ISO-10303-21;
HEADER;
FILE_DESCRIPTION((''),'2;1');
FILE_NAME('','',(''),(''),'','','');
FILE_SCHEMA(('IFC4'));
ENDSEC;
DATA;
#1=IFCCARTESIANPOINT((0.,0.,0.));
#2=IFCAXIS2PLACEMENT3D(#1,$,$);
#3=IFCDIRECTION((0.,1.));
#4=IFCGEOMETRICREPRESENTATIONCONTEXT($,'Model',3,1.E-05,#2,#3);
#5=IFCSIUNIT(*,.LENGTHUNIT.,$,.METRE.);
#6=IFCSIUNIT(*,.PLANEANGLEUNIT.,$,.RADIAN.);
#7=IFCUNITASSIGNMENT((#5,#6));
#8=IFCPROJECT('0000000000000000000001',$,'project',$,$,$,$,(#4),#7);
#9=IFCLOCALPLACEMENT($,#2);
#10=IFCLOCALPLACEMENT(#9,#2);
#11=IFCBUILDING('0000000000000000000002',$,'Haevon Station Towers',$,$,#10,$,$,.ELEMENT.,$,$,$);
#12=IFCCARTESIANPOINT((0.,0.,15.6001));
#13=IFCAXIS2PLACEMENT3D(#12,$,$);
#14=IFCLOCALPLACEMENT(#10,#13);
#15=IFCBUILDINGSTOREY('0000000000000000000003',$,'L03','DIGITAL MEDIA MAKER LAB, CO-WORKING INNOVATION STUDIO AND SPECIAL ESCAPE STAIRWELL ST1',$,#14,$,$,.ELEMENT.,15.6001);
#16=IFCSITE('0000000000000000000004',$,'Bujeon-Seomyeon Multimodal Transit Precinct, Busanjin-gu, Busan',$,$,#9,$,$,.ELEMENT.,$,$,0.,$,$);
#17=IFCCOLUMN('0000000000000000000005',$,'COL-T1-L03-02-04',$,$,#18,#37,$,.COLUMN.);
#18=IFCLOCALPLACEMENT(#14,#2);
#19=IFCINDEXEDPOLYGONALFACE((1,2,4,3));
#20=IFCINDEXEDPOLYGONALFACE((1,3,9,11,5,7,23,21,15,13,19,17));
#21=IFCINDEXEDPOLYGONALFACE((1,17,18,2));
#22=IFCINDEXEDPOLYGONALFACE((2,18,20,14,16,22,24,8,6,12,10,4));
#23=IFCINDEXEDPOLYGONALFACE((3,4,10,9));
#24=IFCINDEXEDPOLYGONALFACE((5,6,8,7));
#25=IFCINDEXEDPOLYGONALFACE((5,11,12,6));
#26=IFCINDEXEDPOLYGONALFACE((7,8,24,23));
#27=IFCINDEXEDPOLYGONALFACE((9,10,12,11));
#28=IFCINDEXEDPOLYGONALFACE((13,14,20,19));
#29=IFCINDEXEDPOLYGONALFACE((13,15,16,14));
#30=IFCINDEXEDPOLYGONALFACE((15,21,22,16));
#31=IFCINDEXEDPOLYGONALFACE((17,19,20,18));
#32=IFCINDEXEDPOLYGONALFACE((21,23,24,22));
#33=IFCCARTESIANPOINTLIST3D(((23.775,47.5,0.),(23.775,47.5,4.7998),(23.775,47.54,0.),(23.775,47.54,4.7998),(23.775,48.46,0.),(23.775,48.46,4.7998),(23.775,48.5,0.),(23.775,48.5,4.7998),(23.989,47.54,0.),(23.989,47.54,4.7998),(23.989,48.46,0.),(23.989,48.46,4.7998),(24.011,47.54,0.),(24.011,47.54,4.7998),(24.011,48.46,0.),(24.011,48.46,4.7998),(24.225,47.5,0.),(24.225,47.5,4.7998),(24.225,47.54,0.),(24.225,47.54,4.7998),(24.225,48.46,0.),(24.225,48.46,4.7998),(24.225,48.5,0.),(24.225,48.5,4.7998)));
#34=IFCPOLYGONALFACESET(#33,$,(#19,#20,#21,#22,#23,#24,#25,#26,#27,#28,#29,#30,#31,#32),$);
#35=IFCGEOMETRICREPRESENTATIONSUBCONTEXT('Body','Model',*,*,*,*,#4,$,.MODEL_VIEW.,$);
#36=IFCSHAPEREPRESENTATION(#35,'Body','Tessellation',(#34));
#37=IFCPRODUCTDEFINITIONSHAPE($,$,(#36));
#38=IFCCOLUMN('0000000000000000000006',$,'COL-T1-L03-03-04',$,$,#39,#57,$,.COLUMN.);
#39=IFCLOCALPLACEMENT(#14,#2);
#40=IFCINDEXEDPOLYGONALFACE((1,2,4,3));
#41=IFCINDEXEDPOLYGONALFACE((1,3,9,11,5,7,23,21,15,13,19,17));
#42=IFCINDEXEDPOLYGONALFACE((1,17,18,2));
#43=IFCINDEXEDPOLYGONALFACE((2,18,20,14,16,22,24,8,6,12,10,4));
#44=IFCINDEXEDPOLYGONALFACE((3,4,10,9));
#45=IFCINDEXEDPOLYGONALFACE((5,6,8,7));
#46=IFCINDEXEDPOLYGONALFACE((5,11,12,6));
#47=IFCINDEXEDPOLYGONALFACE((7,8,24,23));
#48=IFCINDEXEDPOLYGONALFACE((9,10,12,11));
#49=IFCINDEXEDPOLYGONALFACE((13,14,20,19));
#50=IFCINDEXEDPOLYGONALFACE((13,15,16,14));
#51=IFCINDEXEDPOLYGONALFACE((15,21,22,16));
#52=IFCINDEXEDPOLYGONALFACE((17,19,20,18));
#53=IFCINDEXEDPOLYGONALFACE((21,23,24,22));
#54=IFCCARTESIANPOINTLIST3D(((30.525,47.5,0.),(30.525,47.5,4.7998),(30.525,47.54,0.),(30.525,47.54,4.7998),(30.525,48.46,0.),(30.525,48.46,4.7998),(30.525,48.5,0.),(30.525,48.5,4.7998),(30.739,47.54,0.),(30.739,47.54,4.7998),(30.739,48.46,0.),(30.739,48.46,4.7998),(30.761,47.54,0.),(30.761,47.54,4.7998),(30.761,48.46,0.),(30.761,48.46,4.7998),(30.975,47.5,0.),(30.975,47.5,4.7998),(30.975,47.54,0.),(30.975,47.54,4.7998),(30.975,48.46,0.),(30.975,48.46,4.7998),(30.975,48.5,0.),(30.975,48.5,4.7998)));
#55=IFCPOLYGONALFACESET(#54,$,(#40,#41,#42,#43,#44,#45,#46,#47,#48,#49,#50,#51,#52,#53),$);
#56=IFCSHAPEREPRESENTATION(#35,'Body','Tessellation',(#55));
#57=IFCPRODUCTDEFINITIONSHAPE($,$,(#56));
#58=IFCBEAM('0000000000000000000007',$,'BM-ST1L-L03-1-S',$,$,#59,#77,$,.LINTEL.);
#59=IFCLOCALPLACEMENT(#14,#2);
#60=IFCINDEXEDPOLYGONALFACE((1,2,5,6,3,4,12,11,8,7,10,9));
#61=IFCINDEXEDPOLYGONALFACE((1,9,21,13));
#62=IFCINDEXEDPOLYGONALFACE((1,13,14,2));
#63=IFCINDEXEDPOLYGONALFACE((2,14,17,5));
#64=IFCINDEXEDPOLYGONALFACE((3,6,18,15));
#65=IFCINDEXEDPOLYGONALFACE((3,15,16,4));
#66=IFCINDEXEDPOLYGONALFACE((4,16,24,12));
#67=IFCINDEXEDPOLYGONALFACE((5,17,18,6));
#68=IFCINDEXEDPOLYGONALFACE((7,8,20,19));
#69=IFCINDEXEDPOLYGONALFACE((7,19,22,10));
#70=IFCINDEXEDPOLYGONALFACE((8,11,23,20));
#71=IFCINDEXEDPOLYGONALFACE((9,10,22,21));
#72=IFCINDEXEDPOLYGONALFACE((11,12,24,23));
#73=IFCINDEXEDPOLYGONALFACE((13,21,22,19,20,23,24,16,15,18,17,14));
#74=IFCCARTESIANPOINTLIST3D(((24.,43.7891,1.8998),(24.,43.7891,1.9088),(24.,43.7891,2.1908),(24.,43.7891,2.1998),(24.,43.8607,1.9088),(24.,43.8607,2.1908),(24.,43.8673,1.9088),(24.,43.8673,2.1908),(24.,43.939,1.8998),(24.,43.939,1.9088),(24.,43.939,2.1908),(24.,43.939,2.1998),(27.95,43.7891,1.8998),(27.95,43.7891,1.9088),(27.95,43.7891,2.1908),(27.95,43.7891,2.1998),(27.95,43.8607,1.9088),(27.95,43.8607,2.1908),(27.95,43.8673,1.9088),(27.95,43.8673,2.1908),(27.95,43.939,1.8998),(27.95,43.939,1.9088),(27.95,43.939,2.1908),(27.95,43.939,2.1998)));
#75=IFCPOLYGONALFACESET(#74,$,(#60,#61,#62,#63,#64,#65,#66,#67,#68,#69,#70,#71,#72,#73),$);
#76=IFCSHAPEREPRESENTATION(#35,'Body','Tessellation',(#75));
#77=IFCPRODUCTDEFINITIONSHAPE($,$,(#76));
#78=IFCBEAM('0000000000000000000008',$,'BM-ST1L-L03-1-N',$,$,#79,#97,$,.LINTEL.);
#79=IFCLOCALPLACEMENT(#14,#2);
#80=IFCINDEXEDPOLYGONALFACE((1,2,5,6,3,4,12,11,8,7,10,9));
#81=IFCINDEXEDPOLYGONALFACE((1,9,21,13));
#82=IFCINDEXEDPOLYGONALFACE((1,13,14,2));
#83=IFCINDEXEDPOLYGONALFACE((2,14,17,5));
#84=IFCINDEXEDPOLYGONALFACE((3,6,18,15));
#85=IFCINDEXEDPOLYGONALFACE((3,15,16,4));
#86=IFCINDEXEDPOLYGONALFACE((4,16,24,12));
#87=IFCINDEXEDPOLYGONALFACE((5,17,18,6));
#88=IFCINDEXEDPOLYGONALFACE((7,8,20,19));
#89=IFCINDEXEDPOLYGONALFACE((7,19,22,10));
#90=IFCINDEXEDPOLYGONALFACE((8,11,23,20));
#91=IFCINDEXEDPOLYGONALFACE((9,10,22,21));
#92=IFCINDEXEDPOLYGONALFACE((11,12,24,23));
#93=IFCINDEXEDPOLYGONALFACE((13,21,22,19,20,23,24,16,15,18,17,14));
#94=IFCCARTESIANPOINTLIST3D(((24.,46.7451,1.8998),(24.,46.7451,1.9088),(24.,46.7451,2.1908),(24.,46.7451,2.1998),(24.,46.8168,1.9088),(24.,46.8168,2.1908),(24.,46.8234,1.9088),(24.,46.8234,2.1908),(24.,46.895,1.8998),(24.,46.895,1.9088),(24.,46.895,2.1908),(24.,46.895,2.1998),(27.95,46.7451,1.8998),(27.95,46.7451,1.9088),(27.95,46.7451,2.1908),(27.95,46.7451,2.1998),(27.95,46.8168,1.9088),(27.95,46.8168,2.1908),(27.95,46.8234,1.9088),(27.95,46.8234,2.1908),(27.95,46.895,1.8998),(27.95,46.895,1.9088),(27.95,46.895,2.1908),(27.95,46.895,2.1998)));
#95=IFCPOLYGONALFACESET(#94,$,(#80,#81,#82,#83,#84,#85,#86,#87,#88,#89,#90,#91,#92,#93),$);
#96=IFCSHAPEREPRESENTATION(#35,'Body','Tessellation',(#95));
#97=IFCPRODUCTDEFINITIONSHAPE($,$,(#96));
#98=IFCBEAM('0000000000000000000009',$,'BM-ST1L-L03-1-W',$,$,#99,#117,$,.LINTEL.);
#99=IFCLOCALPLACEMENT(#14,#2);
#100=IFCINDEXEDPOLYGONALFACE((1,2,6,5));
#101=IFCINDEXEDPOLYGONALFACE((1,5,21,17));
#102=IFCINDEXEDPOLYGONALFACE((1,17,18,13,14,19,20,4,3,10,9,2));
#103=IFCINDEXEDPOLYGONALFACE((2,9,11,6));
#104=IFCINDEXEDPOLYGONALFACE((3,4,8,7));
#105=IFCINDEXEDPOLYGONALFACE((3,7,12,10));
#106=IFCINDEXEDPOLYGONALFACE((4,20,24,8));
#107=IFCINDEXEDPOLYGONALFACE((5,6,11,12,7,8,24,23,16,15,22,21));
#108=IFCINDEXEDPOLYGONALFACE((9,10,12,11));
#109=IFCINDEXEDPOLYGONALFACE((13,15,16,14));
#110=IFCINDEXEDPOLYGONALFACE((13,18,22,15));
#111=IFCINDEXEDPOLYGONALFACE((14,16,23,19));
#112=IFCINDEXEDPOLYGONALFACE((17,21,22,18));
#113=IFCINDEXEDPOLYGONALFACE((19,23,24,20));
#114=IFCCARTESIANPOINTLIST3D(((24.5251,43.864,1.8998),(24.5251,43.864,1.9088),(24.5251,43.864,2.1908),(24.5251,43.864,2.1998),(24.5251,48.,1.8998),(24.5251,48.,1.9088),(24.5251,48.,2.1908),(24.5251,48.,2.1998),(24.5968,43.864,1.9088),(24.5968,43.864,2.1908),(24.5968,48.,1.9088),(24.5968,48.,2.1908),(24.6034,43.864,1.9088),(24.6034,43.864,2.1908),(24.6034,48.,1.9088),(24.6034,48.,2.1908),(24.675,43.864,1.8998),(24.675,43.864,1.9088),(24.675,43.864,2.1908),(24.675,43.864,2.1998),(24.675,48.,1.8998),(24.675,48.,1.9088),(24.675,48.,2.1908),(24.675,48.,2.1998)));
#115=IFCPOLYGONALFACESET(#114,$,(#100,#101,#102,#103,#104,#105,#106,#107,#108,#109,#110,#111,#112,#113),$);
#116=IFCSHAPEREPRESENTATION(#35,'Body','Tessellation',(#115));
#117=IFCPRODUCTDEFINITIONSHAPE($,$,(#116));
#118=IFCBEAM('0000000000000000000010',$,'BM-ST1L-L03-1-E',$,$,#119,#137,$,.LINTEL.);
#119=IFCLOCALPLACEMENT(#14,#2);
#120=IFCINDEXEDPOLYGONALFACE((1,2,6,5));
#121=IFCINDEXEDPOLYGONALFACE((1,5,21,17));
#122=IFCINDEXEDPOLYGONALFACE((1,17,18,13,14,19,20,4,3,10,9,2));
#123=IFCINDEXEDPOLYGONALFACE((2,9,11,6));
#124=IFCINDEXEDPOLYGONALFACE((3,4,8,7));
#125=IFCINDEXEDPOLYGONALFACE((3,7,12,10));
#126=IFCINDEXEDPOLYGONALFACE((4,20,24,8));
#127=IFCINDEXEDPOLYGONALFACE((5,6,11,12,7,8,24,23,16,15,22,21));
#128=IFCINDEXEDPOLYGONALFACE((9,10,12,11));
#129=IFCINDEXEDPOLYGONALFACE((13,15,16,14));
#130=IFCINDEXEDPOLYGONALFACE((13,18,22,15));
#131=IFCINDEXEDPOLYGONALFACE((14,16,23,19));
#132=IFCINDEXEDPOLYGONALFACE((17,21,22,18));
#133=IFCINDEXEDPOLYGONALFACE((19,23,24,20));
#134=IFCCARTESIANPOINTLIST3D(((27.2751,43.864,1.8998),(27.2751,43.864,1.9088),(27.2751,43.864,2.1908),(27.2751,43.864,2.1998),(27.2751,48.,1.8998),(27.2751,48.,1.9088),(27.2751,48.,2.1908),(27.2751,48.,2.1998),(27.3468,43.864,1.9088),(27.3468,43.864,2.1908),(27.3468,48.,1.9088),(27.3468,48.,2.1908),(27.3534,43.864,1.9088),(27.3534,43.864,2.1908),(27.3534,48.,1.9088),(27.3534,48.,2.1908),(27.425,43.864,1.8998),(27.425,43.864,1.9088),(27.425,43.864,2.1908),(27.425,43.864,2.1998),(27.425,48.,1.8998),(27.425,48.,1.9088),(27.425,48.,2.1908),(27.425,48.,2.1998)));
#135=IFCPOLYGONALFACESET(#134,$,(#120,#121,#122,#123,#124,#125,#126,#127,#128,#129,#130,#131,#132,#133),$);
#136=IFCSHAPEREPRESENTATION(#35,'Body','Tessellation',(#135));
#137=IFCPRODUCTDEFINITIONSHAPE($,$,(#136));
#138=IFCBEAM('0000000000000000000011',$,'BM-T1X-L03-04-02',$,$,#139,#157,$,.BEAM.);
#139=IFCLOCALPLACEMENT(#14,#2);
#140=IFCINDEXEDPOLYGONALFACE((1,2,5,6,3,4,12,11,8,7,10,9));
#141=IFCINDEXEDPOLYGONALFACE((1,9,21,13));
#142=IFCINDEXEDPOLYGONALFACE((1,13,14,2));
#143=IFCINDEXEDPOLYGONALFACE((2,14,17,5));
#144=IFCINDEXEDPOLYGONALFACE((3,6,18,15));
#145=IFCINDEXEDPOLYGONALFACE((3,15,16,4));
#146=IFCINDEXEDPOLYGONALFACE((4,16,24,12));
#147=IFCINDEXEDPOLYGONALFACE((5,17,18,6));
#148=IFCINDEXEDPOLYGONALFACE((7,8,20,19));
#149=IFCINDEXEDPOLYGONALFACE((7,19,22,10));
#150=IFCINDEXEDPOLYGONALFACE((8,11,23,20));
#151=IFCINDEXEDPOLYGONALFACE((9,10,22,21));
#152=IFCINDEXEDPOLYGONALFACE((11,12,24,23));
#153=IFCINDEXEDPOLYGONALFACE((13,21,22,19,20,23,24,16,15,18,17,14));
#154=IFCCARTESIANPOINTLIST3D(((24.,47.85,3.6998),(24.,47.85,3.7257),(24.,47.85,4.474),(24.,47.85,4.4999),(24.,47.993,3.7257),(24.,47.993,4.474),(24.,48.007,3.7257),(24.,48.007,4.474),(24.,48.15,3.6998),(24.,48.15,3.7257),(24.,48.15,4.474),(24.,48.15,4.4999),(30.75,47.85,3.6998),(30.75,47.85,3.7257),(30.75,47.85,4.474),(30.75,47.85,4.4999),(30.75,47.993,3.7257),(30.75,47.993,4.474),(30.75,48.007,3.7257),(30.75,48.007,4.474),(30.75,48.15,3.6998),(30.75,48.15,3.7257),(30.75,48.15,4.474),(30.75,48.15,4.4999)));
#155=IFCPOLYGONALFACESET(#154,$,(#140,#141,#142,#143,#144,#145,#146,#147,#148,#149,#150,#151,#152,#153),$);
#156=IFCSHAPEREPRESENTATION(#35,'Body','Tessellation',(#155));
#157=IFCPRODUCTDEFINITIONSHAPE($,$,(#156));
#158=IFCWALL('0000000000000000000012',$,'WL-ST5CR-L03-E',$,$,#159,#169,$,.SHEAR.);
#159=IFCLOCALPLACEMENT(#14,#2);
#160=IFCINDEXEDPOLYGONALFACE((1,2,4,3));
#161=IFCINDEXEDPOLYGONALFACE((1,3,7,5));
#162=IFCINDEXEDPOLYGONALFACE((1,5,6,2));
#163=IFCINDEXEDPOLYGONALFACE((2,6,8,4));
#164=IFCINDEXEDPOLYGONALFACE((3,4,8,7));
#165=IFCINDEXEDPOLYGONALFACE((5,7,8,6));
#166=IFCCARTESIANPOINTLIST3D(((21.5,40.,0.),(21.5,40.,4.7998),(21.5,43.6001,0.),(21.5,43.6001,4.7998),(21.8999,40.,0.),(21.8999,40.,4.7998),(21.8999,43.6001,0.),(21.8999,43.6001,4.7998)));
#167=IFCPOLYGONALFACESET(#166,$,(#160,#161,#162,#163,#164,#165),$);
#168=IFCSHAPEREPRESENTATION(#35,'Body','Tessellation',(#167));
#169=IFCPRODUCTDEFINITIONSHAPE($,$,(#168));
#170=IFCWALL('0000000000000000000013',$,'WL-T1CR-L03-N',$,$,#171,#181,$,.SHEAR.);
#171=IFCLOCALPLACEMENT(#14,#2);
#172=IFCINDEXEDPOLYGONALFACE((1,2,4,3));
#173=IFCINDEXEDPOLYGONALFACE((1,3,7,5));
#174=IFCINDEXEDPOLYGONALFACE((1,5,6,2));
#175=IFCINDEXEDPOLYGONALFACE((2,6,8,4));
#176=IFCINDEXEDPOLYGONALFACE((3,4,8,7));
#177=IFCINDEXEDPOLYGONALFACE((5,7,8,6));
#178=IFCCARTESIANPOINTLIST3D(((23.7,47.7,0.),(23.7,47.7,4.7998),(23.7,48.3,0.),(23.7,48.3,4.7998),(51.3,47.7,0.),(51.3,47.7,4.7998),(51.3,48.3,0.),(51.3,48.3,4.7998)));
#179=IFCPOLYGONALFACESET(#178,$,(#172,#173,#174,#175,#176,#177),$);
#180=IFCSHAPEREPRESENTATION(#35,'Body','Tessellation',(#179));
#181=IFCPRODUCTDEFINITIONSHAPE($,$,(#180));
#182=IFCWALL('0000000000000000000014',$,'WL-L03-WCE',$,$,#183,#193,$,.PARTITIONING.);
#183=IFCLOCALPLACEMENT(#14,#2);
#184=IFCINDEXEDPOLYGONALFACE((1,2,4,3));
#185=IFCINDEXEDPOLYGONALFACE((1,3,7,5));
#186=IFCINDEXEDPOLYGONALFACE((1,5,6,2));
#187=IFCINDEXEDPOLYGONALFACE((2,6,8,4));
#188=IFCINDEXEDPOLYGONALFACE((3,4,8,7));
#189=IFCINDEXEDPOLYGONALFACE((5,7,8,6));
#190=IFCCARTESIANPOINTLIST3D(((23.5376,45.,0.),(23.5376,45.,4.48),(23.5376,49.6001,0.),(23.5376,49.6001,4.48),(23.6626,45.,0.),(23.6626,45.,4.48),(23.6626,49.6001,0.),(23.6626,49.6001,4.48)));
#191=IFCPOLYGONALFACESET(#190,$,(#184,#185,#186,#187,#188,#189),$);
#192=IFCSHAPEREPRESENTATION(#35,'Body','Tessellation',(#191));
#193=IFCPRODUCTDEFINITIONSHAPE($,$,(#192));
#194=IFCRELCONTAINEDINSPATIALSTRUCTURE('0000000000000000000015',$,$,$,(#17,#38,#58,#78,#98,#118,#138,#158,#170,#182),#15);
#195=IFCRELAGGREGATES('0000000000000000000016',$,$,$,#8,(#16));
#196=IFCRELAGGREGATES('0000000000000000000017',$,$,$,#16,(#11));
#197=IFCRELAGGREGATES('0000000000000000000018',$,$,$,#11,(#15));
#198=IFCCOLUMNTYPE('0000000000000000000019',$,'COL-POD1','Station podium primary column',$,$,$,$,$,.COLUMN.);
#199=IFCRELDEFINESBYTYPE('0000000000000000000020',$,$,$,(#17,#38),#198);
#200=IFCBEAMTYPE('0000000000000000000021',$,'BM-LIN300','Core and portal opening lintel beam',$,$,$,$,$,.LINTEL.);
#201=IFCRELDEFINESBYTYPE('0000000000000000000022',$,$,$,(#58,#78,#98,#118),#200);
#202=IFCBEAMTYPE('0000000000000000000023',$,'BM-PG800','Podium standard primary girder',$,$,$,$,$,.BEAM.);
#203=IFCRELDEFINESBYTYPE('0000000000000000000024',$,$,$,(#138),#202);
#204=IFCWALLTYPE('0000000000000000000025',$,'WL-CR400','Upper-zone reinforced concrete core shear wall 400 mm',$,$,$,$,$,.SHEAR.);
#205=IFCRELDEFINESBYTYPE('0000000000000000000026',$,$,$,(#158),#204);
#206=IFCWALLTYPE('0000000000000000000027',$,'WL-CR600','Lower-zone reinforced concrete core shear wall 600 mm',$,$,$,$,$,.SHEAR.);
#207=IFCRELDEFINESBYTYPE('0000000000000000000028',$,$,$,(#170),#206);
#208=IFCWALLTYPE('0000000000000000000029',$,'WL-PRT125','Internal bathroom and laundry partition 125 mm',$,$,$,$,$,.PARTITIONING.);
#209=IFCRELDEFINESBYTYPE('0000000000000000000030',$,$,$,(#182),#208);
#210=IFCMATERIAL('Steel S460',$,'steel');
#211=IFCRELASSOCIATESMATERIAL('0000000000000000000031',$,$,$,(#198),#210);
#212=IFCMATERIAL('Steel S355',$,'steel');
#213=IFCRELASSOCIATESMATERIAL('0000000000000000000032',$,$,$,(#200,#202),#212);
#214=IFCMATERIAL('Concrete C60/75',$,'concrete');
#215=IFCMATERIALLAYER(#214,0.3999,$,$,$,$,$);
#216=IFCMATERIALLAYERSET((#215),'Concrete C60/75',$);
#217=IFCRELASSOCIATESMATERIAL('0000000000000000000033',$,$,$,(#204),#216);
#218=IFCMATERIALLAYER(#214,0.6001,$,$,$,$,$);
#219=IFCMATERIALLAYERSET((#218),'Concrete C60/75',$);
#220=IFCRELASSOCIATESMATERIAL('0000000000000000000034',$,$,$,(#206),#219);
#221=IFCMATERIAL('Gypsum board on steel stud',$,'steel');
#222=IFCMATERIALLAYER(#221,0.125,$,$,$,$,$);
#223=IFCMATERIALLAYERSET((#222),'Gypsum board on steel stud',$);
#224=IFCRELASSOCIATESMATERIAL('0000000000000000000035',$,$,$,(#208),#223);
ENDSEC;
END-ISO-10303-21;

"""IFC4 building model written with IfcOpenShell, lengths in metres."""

from ifc_helpers import new_model, si_unit, direction, frame, frame_2d, origin, origin_2d, place, context, subcontext, project, spatial, rectangle, i_section, extrude, material, layer, layer_set, material_profile, profile_set, type_object, element, save


model = new_model("IFC4")

# Units and contexts
model_context = context("Model", 3, precision=1e-05, world=origin(), true_north=direction((0.0, 1.0)))
body_context = subcontext(model_context, "Body", "Model", "MODEL_VIEW")
ifc_project = project(units=[si_unit("LENGTHUNIT", "METRE"), si_unit("PLANEANGLEUNIT", "RADIAN")], contexts=[model_context])

# Site, building, storey
site_placement = place(None, origin())
site = spatial("IfcSite", under=ifc_project, at=site_placement, Name="Bujeon-Seomyeon Multimodal Transit Precinct, Busanjin-gu, Busan", CompositionType="ELEMENT", RefElevation=0.0)
building_placement = place(site_placement, origin())
building = spatial("IfcBuilding", under=site, at=building_placement, Name="Haevon Station Towers", CompositionType="ELEMENT")
storey_placement = place(building_placement, frame((0.0, 0.0, 15.6001)))
storey = spatial("IfcBuildingStorey", under=building, at=storey_placement, Name="L03", Description="DIGITAL MEDIA MAKER LAB, CO-WORKING INNOVATION STUDIO AND SPECIAL ESCAPE STAIRWELL ST1", CompositionType="ELEMENT", Elevation=15.6001)

# Columns
ifc_material_1 = material(Name="Steel S460", Category="steel")
ifc_material_profile_1 = material_profile(ifc_material_1, i_section(OverallWidth=0.45, OverallDepth=1.0, WebThickness=0.022, FlangeThickness=0.04, at=origin_2d()), Name="H-1000x450x22x40")
ifc_profile_set_1 = profile_set([ifc_material_profile_1], Name="Steel S460")
column_type = type_object("IfcColumnType", Name="COL-POD1", Description="Station podium primary column", PredefinedType="COLUMN", material=ifc_profile_set_1)
for number, where, z_axis, x_axis, name in (
    (1, (24.0, 48.0, 0.0), (0.0, 0.0, 1.0), (1.0, 0.0, 0.0), "COL-T1-L03-02-04"),
    (2, (30.75, 48.0, 0.0), (0.0, 0.0, 1.0), (1.0, 0.0, 0.0), "COL-T1-L03-03-04"),
):
    element("IfcColumn", number, at=place(storey_placement, frame(where, z_axis=z_axis, x_axis=x_axis)), inside=storey, type_object=column_type, Name=name, PredefinedType="COLUMN", context=body_context, shape_type="SweptSolid", body=[
        extrude(i_section(OverallWidth=0.45, OverallDepth=1.0, WebThickness=0.022, FlangeThickness=0.04, at=origin_2d()), origin(), (0.0, 0.0, 1.0), 4.7998),
    ])

# Beams
ifc_material_2 = material(Name="Steel S355", Category="steel")
ifc_material_profile_2 = material_profile(ifc_material_2, i_section(OverallWidth=0.1499, OverallDepth=0.3, WebThickness=0.0066, FlangeThickness=0.009, at=origin_2d()), Name="H-300x150x6.5x9")
ifc_profile_set_2 = profile_set([ifc_material_profile_2], Name="Steel S355")
beam_type_1 = type_object("IfcBeamType", Name="BM-LIN300", Description="Core and portal opening lintel beam", PredefinedType="LINTEL", material=ifc_profile_set_2)
for number, where, z_axis, x_axis, name in (
    (3, (24.0, 43.864, 2.0498), (1.0, 0.0, 0.0), (0.0, 1.0, 0.0), "BM-ST1L-L03-1-S"),
    (4, (24.0, 46.8201, 2.0498), (1.0, 0.0, 0.0), (0.0, 1.0, 0.0), "BM-ST1L-L03-1-N"),
):
    element("IfcBeam", number, at=place(storey_placement, frame(where, z_axis=z_axis, x_axis=x_axis)), inside=storey, type_object=beam_type_1, Name=name, PredefinedType="LINTEL", context=body_context, shape_type="SweptSolid", body=[
        extrude(i_section(OverallWidth=0.1499, OverallDepth=0.3, WebThickness=0.0066, FlangeThickness=0.009, at=origin_2d()), origin(), (0.0, 0.0, 1.0), 3.95),
    ])
for number, where, z_axis, x_axis, name in (
    (5, (24.6001, 43.864, 2.0498), (0.0, 1.0, 0.0), (-1.0, 0.0, 0.0), "BM-ST1L-L03-1-W"),
    (6, (27.3501, 43.864, 2.0498), (0.0, 1.0, 0.0), (-1.0, 0.0, 0.0), "BM-ST1L-L03-1-E"),
):
    element("IfcBeam", number, at=place(storey_placement, frame(where, z_axis=z_axis, x_axis=x_axis)), inside=storey, type_object=beam_type_1, Name=name, PredefinedType="LINTEL", context=body_context, shape_type="SweptSolid", body=[
        extrude(i_section(OverallWidth=0.1499, OverallDepth=0.3, WebThickness=0.0066, FlangeThickness=0.009, at=origin_2d()), origin(), (0.0, 0.0, 1.0), 4.136),
    ])
ifc_material_profile_3 = material_profile(ifc_material_2, i_section(OverallWidth=0.3, OverallDepth=0.8, WebThickness=0.0139, FlangeThickness=0.0259, at=origin_2d()), Name="H-800x300x14x26")
ifc_profile_set_3 = profile_set([ifc_material_profile_3], Name="Steel S355")
beam_type_2 = type_object("IfcBeamType", Name="BM-PG800", Description="Podium standard primary girder", PredefinedType="BEAM", material=ifc_profile_set_3)
beam_placement = place(storey_placement, frame((24.0, 48.0, 4.0999), z_axis=(1.0, 0.0, 0.0), x_axis=(0.0, 1.0, 0.0)))
element("IfcBeam", 7, at=beam_placement, inside=storey, type_object=beam_type_2, Name="BM-T1X-L03-04-02", PredefinedType="BEAM", context=body_context, shape_type="SweptSolid", body=[
    extrude(i_section(OverallWidth=0.3, OverallDepth=0.8, WebThickness=0.0139, FlangeThickness=0.0259, at=origin_2d()), origin(), (0.0, 0.0, 1.0), 6.75),
])

# Walls
ifc_material_3 = material(Name="Concrete C60/75", Category="concrete")
ifc_layer_1 = layer(ifc_material_3, 0.3999)
ifc_layer_set_1 = layer_set([ifc_layer_1], Name="Concrete C60/75")
wall_type_1 = type_object("IfcWallType", Name="WL-CR400", Description="Upper-zone reinforced concrete core shear wall 400 mm", PredefinedType="SHEAR", material=ifc_layer_set_1)
wall_1_placement = place(storey_placement, frame((21.7, 40.0, 0.0), z_axis=(0.0, 0.0, 1.0), x_axis=(0.0, 1.0, 0.0)))
element("IfcWall", 8, at=wall_1_placement, inside=storey, type_object=wall_type_1, Name="WL-ST5CR-L03-E", PredefinedType="SHEAR", context=body_context, shape_type="SweptSolid", body=[
    extrude(rectangle(XDim=3.6001, YDim=0.3999, at=frame_2d((1.8, 0.0))), origin(), (0.0, 0.0, 1.0), 4.7998),
])
ifc_layer_2 = layer(ifc_material_3, 0.6001)
ifc_layer_set_2 = layer_set([ifc_layer_2], Name="Concrete C60/75")
wall_type_2 = type_object("IfcWallType", Name="WL-CR600", Description="Lower-zone reinforced concrete core shear wall 600 mm", PredefinedType="SHEAR", material=ifc_layer_set_2)
wall_2_placement = place(storey_placement, frame((23.7, 48.0, 0.0), z_axis=(0.0, 0.0, 1.0), x_axis=(1.0, 0.0, 0.0)))
element("IfcWall", 9, at=wall_2_placement, inside=storey, type_object=wall_type_2, Name="WL-T1CR-L03-N", PredefinedType="SHEAR", context=body_context, shape_type="SweptSolid", body=[
    extrude(rectangle(XDim=27.6001, YDim=0.6001, at=frame_2d((13.8, 0.0))), origin(), (0.0, 0.0, 1.0), 4.7998),
])
ifc_material_4 = material(Name="Gypsum board on steel stud", Category="steel")
ifc_layer_3 = layer(ifc_material_4, 0.125)
ifc_layer_set_3 = layer_set([ifc_layer_3], Name="Gypsum board on steel stud")
wall_type_3 = type_object("IfcWallType", Name="WL-PRT125", Description="Internal bathroom and laundry partition 125 mm", PredefinedType="PARTITIONING", material=ifc_layer_set_3)
wall_3_placement = place(storey_placement, frame((23.6001, 45.0, 0.0), z_axis=(0.0, 0.0, 1.0), x_axis=(0.0, 1.0, 0.0)))
element("IfcWall", 10, at=wall_3_placement, inside=storey, type_object=wall_type_3, Name="WL-L03-WCE", PredefinedType="PARTITIONING", context=body_context, shape_type="SweptSolid", body=[
    extrude(rectangle(XDim=4.6001, YDim=0.125, at=frame_2d((2.3, 0.0))), origin(), (0.0, 0.0, 1.0), 4.48),
])

save(model, "model.ifc")
